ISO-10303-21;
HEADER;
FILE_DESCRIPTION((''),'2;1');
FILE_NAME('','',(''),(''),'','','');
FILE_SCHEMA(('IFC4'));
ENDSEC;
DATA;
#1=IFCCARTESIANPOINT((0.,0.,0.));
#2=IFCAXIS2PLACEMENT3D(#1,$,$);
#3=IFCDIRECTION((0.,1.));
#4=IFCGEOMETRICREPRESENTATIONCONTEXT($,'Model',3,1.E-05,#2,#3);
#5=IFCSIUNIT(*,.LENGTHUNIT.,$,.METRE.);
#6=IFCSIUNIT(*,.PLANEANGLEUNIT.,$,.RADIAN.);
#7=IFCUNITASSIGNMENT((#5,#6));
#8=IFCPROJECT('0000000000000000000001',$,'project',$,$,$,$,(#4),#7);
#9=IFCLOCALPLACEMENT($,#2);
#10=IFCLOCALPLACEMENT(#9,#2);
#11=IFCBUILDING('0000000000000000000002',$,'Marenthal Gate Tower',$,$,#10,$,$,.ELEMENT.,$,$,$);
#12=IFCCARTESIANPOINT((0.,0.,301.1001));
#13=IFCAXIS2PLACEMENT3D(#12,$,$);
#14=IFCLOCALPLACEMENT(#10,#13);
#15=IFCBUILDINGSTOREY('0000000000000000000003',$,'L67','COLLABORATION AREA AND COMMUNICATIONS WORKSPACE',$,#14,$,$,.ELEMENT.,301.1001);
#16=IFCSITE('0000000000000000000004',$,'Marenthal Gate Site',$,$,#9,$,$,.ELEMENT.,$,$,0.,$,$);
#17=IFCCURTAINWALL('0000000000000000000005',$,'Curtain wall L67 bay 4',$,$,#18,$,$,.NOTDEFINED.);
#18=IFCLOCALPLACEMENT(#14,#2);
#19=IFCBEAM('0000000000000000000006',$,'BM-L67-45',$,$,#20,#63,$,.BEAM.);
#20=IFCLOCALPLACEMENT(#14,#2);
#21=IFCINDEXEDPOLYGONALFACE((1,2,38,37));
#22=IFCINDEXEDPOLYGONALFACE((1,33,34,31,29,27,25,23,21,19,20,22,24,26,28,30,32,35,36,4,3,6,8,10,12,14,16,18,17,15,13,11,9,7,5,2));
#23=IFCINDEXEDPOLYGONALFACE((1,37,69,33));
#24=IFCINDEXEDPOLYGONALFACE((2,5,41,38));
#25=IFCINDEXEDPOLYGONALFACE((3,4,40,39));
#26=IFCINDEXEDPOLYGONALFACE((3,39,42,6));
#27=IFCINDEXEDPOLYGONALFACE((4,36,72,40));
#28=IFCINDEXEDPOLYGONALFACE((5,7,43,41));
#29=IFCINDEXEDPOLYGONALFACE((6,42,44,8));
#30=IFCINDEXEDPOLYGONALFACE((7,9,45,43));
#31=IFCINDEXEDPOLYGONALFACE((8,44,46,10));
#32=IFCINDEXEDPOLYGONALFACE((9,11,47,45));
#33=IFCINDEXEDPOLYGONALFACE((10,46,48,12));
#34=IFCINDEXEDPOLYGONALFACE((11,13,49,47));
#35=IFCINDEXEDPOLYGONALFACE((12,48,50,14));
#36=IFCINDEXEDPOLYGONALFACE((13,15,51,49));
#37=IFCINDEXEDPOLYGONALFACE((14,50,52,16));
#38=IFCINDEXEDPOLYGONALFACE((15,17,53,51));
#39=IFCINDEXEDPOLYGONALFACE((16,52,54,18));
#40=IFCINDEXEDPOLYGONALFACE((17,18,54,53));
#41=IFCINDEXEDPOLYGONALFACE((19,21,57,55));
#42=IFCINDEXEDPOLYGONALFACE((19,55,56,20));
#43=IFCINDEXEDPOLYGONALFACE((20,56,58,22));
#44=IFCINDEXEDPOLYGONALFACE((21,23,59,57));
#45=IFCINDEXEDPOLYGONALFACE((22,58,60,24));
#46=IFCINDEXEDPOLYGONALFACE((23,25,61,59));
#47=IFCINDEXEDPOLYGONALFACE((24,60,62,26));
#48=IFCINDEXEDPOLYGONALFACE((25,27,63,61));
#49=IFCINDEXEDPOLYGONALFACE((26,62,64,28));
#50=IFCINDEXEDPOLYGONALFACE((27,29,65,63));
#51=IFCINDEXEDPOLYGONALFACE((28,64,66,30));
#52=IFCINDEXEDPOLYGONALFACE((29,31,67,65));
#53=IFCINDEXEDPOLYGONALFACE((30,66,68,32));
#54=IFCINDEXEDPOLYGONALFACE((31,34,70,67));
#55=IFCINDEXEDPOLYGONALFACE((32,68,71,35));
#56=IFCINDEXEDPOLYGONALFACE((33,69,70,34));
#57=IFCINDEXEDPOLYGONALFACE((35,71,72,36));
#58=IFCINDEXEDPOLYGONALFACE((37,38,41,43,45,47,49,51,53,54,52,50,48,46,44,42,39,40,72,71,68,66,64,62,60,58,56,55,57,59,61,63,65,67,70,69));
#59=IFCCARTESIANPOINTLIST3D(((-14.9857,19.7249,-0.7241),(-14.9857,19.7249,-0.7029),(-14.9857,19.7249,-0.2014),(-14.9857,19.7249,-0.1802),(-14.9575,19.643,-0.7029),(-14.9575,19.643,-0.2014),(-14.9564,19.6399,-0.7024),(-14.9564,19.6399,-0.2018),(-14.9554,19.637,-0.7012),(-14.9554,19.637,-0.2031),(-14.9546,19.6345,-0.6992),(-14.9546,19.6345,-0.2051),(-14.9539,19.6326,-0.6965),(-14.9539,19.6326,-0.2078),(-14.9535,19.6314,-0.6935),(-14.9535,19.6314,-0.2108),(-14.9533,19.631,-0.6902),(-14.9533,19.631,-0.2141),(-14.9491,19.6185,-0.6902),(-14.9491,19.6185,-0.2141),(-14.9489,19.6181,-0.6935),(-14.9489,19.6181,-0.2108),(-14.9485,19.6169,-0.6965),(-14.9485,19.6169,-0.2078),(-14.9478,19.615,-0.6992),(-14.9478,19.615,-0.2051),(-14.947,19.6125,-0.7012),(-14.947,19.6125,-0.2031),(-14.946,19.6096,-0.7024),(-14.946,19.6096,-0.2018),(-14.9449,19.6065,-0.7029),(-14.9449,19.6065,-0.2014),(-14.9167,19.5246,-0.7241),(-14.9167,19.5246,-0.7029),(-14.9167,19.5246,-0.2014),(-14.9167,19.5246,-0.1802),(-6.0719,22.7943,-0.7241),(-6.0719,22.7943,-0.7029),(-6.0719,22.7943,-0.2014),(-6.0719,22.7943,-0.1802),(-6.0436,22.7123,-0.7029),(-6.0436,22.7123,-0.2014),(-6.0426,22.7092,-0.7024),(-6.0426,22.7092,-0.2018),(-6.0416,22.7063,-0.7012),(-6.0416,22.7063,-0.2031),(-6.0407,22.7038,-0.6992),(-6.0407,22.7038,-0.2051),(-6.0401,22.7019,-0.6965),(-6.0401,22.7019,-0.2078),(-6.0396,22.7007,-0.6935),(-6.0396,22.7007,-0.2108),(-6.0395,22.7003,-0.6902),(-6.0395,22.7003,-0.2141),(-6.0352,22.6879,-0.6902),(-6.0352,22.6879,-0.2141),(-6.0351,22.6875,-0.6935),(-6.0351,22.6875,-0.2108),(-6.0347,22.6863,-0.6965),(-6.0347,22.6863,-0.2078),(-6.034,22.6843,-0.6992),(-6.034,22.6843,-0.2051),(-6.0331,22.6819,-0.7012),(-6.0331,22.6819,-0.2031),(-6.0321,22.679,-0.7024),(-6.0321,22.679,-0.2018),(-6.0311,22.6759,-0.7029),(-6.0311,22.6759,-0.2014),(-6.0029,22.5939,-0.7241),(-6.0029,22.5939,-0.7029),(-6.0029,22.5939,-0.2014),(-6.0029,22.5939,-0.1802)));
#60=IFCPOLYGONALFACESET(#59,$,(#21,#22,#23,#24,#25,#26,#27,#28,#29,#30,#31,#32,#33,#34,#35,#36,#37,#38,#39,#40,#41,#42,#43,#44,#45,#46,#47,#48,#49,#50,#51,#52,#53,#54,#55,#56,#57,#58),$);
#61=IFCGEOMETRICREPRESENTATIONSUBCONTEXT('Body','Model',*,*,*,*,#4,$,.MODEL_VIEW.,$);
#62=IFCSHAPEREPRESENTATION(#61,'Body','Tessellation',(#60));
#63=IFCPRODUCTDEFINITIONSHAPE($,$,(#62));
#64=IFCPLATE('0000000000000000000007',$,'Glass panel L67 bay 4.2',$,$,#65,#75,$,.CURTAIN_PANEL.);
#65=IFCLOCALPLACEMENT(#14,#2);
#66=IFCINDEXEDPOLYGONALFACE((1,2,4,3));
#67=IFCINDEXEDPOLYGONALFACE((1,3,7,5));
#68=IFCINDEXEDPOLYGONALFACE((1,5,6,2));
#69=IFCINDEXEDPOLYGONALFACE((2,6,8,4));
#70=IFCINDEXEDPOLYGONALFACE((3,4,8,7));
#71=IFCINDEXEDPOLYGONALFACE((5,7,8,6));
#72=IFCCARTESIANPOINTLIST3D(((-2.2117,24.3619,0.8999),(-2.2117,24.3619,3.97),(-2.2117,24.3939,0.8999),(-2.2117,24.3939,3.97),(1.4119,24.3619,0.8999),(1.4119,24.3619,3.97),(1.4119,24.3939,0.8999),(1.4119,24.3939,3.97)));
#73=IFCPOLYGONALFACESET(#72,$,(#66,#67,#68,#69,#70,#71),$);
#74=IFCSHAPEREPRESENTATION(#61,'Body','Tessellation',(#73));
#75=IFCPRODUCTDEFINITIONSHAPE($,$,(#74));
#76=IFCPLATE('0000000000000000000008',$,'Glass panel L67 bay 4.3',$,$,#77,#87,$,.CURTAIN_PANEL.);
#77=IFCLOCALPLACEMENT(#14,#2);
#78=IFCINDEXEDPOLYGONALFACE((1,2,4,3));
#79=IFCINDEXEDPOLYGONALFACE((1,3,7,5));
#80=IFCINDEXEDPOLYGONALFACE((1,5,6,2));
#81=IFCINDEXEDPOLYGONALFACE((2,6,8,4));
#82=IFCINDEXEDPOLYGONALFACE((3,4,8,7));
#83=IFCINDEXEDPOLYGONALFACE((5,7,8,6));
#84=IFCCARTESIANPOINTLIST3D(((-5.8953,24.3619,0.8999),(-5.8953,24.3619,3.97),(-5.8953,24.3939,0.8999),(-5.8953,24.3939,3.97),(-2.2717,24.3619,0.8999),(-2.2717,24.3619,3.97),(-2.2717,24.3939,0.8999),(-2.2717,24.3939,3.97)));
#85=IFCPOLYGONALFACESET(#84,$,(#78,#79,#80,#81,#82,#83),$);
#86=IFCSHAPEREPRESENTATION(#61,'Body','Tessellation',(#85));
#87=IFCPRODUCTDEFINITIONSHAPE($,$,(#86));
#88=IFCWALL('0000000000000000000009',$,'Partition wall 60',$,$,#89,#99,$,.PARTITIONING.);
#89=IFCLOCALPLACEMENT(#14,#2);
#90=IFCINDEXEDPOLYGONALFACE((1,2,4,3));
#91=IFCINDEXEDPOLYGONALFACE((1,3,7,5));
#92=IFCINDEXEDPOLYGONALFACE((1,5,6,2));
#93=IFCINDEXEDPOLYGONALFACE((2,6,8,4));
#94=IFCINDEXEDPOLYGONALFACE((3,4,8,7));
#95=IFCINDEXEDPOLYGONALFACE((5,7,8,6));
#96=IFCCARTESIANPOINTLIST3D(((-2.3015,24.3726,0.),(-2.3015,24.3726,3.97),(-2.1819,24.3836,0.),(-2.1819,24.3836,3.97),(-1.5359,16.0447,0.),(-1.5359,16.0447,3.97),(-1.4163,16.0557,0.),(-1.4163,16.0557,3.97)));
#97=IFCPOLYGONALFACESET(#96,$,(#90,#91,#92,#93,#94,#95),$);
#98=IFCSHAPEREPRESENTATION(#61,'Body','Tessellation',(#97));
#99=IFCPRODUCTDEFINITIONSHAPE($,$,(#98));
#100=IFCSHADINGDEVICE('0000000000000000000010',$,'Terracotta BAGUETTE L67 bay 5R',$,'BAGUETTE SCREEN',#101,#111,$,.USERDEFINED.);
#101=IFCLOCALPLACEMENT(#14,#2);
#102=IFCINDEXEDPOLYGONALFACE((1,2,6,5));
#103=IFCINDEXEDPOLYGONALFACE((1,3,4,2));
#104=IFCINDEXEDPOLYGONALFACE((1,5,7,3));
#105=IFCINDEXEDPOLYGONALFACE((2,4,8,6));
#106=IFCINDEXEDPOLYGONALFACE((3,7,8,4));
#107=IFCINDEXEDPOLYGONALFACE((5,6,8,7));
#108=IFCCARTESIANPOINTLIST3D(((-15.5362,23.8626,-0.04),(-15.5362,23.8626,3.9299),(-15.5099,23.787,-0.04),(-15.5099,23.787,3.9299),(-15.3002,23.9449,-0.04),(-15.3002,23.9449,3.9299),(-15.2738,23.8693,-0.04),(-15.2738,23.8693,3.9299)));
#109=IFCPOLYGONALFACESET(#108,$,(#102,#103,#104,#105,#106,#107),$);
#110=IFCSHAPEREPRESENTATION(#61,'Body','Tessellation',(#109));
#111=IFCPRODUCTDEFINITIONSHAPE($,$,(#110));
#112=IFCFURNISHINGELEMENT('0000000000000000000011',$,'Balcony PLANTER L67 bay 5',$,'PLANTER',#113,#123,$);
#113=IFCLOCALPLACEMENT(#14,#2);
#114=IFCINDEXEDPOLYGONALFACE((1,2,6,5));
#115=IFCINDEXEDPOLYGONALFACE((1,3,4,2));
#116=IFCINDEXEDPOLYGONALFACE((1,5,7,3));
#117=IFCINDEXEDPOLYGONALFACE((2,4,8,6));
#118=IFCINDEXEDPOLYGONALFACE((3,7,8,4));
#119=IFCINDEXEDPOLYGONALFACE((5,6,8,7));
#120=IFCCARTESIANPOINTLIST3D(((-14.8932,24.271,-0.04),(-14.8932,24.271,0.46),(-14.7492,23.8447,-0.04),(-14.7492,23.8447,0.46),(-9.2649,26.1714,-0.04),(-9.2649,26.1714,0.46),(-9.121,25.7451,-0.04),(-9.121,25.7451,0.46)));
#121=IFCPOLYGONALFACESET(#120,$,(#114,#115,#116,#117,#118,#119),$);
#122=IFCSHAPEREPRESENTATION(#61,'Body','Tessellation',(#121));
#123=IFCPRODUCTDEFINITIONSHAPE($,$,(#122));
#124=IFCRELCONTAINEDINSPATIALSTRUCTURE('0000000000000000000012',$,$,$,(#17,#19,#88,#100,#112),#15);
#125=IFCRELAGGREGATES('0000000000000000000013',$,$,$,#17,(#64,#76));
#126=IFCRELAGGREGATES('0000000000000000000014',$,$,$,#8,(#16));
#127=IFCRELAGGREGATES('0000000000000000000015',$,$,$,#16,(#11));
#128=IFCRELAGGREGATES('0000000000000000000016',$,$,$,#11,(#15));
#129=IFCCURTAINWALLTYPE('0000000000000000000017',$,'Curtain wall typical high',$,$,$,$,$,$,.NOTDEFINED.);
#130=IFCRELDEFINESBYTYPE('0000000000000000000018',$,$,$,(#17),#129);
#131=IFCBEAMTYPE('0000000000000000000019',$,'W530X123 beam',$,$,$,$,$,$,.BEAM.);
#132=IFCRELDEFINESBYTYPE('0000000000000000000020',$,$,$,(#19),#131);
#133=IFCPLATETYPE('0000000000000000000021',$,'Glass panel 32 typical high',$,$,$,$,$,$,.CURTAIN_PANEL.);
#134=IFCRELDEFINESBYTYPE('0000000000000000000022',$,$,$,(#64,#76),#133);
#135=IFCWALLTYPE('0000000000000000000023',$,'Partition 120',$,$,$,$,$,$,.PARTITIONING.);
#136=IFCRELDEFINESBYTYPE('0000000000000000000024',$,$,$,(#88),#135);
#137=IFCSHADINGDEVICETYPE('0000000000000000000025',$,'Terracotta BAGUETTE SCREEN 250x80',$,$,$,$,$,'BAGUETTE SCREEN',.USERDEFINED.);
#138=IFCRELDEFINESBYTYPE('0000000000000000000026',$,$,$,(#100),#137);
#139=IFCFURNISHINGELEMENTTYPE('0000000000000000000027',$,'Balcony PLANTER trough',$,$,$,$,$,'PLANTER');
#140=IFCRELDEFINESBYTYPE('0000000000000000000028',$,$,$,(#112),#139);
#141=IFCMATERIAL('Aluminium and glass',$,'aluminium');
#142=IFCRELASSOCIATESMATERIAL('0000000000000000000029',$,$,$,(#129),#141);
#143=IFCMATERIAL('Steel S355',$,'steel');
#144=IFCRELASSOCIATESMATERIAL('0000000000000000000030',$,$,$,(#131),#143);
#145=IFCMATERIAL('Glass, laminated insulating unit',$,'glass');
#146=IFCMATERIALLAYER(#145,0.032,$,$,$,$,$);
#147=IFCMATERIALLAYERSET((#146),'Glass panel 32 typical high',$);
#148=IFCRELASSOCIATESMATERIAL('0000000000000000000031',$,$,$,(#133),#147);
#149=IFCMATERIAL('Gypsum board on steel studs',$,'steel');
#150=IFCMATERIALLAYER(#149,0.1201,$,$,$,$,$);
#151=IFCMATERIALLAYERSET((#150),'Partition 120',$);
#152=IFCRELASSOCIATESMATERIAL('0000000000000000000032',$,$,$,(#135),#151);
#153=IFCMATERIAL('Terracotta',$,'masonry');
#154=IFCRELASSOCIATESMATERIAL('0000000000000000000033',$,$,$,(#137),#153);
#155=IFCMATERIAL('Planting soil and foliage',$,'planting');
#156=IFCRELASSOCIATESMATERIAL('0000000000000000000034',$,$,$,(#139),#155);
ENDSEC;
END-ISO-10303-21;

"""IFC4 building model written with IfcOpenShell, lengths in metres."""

from ifc_helpers import new_model, si_unit, direction, frame, frame_2d, origin, origin_2d, place, context, subcontext, project, spatial, rectangle, i_section, extrude, material, layer, layer_set, material_profile, profile_set, type_object, element, aggregate, save


model = new_model("IFC4")

# Units and contexts
model_context = context("Model", 3, precision=1e-05, world=origin(), true_north=direction((0.0, 1.0)))
body_context = subcontext(model_context, "Body", "Model", "MODEL_VIEW")
ifc_project = project(units=[si_unit("LENGTHUNIT", "METRE"), si_unit("PLANEANGLEUNIT", "RADIAN")], contexts=[model_context])

# Site, building, storey
site_placement = place(None, origin())
site = spatial("IfcSite", under=ifc_project, at=site_placement, Name="Marenthal Gate Site", CompositionType="ELEMENT", RefElevation=0.0)
building_placement = place(site_placement, origin())
building = spatial("IfcBuilding", under=site, at=building_placement, Name="Marenthal Gate Tower", CompositionType="ELEMENT")
storey_placement = place(building_placement, frame((0.0, 0.0, 301.1001)))
storey = spatial("IfcBuildingStorey", under=building, at=storey_placement, Name="L67", Description="COLLABORATION AREA AND COMMUNICATIONS WORKSPACE", CompositionType="ELEMENT", Elevation=301.1001)

# Curtain wall
ifc_material_1 = material(Name="Aluminium and glass", Category="aluminium")
curtain_wall_type = type_object("IfcCurtainWallType", Name="Curtain wall typical high", PredefinedType="NOTDEFINED", material=ifc_material_1)
curtain_wall_placement = place(storey_placement, origin())
curtain_wall = element("IfcCurtainWall", 1, at=curtain_wall_placement, inside=storey, type_object=curtain_wall_type, Name="Curtain wall L67 bay 4", PredefinedType="NOTDEFINED")

# Beam
ifc_material_2 = material(Name="Steel S355", Category="steel")
ifc_material_profile_1 = material_profile(ifc_material_2, i_section(OverallWidth=0.2119, OverallDepth=0.5439, WebThickness=0.0132, FlangeThickness=0.0212, FilletRadius=0.0127, at=origin_2d()), Name="W530X123")
ifc_profile_set_1 = profile_set([ifc_material_profile_1], Name="Steel S355")
beam_type_1 = type_object("IfcBeamType", Name="W530X123 beam", PredefinedType="BEAM", material=ifc_profile_set_1)
beam_1_placement = place(storey_placement, frame((-6.0374, 22.6941, -0.4521), z_axis=(-0.945517, -0.325574, 0.0), x_axis=(0.325574, -0.945517, 0.0)))
element("IfcBeam", 2, at=beam_1_placement, inside=storey, type_object=beam_type_1, Name="BM-L67-45", PredefinedType="BEAM", context=body_context, shape_type="SweptSolid", body=[
    extrude(i_section(OverallWidth=0.2119, OverallDepth=0.5439, WebThickness=0.0132, FlangeThickness=0.0212, FilletRadius=0.0127, at=origin_2d()), origin(), (0.0, 0.0, 1.0), 9.4275),
])

# Plates
ifc_material_3 = material(Name="Glass, laminated insulating unit", Category="glass")
ifc_layer_1 = layer(ifc_material_3, 0.032)
ifc_layer_set_1 = layer_set([ifc_layer_1], Name="Glass panel 32 typical high")
plate_type = type_object("IfcPlateType", Name="Glass panel 32 typical high", PredefinedType="CURTAIN_PANEL", material=ifc_layer_set_1)
plate_1_placement = place(storey_placement, frame((-0.3999, 24.3779, 0.8999), z_axis=(0.0, 0.0, 1.0), x_axis=(-1.0, 0.0, 0.0)))
plate_1 = element("IfcPlate", 3, at=plate_1_placement, type_object=plate_type, Name="Glass panel L67 bay 4.2", PredefinedType="CURTAIN_PANEL", context=body_context, shape_type="SweptSolid", body=[
    extrude(rectangle(XDim=3.6235, YDim=0.032, at=origin_2d()), origin(), (0.0, 0.0, 1.0), 3.0701),
])
plate_2_placement = place(storey_placement, frame((-4.0835, 24.3779, 0.8999), z_axis=(0.0, 0.0, 1.0), x_axis=(-1.0, 0.0, 0.0)))
plate_2 = element("IfcPlate", 4, at=plate_2_placement, type_object=plate_type, Name="Glass panel L67 bay 4.3", PredefinedType="CURTAIN_PANEL", context=body_context, shape_type="SweptSolid", body=[
    extrude(rectangle(XDim=3.6235, YDim=0.032, at=origin_2d()), origin(), (0.0, 0.0, 1.0), 3.0701),
])
aggregate(curtain_wall, [plate_1, plate_2])

# Wall
ifc_material_4 = material(Name="Gypsum board on steel studs", Category="steel")
ifc_layer_2 = layer(ifc_material_4, 0.1201)
ifc_layer_set_2 = layer_set([ifc_layer_2], Name="Partition 120")
wall_type_1 = type_object("IfcWallType", Name="Partition 120", PredefinedType="PARTITIONING", material=ifc_layer_set_2)
wall_1_placement = place(storey_placement, frame((-1.4761, 16.05, 0.0), z_axis=(0.0, 0.0, 1.0), x_axis=(-0.091549, 0.995801, 0.0)))
element("IfcWall", 5, at=wall_1_placement, inside=storey, type_object=wall_type_1, Name="Partition wall 60", PredefinedType="PARTITIONING", context=body_context, shape_type="SweptSolid", body=[
    extrude(rectangle(XDim=8.363, YDim=0.1201, at=frame_2d((4.1816, 0.0))), origin(), (0.0, 0.0, 1.0), 3.97),
])

# Shading device
ifc_material_5 = material(Name="Terracotta", Category="masonry")
ifc_material_profile_2 = material_profile(ifc_material_5, rectangle(XDim=0.25, YDim=0.0801, at=origin_2d()), Name="Terracotta baguette 250x80")
ifc_profile_set_2 = profile_set([ifc_material_profile_2], Name="Terracotta")
shading_device_type = type_object("IfcShadingDeviceType", Name="Terracotta BAGUETTE SCREEN 250x80", ElementType="BAGUETTE SCREEN", PredefinedType="USERDEFINED", material=ifc_profile_set_2)
shading_device_placement = place(storey_placement, frame((-15.405, 23.866, -0.04), z_axis=(0.0, 0.0, 1.0), x_axis=(-0.94428, -0.329144, 0.0)))
element("IfcShadingDevice", 6, at=shading_device_placement, inside=storey, type_object=shading_device_type, Name="Terracotta BAGUETTE L67 bay 5R", ObjectType="BAGUETTE SCREEN", PredefinedType="USERDEFINED", context=body_context, shape_type="SweptSolid", body=[
    extrude(rectangle(XDim=0.25, YDim=0.0801, at=origin_2d()), origin(), (0.0, 0.0, 1.0), 3.97),
])

# Furnishing element
ifc_material_6 = material(Name="Planting soil and foliage", Category="planting")
furnishing_element_type = type_object("IfcFurnishingElementType", Name="Balcony PLANTER trough", ElementType="PLANTER", material=ifc_material_6)
furnishing_placement = place(storey_placement, frame((-12.0071, 25.0081, -0.04), z_axis=(0.0, 0.0, 1.0), x_axis=(-0.947448, -0.31991, 0.0)))
element("IfcFurnishingElement", 7, at=furnishing_placement, inside=storey, type_object=furnishing_element_type, Name="Balcony PLANTER L67 bay 5", ObjectType="PLANTER", context=body_context, shape_type="SweptSolid", body=[
    extrude(rectangle(XDim=5.9404, YDim=0.45, at=origin_2d()), origin(), (0.0, 0.0, 1.0), 0.5),
])

save(model, "model.ifc")
